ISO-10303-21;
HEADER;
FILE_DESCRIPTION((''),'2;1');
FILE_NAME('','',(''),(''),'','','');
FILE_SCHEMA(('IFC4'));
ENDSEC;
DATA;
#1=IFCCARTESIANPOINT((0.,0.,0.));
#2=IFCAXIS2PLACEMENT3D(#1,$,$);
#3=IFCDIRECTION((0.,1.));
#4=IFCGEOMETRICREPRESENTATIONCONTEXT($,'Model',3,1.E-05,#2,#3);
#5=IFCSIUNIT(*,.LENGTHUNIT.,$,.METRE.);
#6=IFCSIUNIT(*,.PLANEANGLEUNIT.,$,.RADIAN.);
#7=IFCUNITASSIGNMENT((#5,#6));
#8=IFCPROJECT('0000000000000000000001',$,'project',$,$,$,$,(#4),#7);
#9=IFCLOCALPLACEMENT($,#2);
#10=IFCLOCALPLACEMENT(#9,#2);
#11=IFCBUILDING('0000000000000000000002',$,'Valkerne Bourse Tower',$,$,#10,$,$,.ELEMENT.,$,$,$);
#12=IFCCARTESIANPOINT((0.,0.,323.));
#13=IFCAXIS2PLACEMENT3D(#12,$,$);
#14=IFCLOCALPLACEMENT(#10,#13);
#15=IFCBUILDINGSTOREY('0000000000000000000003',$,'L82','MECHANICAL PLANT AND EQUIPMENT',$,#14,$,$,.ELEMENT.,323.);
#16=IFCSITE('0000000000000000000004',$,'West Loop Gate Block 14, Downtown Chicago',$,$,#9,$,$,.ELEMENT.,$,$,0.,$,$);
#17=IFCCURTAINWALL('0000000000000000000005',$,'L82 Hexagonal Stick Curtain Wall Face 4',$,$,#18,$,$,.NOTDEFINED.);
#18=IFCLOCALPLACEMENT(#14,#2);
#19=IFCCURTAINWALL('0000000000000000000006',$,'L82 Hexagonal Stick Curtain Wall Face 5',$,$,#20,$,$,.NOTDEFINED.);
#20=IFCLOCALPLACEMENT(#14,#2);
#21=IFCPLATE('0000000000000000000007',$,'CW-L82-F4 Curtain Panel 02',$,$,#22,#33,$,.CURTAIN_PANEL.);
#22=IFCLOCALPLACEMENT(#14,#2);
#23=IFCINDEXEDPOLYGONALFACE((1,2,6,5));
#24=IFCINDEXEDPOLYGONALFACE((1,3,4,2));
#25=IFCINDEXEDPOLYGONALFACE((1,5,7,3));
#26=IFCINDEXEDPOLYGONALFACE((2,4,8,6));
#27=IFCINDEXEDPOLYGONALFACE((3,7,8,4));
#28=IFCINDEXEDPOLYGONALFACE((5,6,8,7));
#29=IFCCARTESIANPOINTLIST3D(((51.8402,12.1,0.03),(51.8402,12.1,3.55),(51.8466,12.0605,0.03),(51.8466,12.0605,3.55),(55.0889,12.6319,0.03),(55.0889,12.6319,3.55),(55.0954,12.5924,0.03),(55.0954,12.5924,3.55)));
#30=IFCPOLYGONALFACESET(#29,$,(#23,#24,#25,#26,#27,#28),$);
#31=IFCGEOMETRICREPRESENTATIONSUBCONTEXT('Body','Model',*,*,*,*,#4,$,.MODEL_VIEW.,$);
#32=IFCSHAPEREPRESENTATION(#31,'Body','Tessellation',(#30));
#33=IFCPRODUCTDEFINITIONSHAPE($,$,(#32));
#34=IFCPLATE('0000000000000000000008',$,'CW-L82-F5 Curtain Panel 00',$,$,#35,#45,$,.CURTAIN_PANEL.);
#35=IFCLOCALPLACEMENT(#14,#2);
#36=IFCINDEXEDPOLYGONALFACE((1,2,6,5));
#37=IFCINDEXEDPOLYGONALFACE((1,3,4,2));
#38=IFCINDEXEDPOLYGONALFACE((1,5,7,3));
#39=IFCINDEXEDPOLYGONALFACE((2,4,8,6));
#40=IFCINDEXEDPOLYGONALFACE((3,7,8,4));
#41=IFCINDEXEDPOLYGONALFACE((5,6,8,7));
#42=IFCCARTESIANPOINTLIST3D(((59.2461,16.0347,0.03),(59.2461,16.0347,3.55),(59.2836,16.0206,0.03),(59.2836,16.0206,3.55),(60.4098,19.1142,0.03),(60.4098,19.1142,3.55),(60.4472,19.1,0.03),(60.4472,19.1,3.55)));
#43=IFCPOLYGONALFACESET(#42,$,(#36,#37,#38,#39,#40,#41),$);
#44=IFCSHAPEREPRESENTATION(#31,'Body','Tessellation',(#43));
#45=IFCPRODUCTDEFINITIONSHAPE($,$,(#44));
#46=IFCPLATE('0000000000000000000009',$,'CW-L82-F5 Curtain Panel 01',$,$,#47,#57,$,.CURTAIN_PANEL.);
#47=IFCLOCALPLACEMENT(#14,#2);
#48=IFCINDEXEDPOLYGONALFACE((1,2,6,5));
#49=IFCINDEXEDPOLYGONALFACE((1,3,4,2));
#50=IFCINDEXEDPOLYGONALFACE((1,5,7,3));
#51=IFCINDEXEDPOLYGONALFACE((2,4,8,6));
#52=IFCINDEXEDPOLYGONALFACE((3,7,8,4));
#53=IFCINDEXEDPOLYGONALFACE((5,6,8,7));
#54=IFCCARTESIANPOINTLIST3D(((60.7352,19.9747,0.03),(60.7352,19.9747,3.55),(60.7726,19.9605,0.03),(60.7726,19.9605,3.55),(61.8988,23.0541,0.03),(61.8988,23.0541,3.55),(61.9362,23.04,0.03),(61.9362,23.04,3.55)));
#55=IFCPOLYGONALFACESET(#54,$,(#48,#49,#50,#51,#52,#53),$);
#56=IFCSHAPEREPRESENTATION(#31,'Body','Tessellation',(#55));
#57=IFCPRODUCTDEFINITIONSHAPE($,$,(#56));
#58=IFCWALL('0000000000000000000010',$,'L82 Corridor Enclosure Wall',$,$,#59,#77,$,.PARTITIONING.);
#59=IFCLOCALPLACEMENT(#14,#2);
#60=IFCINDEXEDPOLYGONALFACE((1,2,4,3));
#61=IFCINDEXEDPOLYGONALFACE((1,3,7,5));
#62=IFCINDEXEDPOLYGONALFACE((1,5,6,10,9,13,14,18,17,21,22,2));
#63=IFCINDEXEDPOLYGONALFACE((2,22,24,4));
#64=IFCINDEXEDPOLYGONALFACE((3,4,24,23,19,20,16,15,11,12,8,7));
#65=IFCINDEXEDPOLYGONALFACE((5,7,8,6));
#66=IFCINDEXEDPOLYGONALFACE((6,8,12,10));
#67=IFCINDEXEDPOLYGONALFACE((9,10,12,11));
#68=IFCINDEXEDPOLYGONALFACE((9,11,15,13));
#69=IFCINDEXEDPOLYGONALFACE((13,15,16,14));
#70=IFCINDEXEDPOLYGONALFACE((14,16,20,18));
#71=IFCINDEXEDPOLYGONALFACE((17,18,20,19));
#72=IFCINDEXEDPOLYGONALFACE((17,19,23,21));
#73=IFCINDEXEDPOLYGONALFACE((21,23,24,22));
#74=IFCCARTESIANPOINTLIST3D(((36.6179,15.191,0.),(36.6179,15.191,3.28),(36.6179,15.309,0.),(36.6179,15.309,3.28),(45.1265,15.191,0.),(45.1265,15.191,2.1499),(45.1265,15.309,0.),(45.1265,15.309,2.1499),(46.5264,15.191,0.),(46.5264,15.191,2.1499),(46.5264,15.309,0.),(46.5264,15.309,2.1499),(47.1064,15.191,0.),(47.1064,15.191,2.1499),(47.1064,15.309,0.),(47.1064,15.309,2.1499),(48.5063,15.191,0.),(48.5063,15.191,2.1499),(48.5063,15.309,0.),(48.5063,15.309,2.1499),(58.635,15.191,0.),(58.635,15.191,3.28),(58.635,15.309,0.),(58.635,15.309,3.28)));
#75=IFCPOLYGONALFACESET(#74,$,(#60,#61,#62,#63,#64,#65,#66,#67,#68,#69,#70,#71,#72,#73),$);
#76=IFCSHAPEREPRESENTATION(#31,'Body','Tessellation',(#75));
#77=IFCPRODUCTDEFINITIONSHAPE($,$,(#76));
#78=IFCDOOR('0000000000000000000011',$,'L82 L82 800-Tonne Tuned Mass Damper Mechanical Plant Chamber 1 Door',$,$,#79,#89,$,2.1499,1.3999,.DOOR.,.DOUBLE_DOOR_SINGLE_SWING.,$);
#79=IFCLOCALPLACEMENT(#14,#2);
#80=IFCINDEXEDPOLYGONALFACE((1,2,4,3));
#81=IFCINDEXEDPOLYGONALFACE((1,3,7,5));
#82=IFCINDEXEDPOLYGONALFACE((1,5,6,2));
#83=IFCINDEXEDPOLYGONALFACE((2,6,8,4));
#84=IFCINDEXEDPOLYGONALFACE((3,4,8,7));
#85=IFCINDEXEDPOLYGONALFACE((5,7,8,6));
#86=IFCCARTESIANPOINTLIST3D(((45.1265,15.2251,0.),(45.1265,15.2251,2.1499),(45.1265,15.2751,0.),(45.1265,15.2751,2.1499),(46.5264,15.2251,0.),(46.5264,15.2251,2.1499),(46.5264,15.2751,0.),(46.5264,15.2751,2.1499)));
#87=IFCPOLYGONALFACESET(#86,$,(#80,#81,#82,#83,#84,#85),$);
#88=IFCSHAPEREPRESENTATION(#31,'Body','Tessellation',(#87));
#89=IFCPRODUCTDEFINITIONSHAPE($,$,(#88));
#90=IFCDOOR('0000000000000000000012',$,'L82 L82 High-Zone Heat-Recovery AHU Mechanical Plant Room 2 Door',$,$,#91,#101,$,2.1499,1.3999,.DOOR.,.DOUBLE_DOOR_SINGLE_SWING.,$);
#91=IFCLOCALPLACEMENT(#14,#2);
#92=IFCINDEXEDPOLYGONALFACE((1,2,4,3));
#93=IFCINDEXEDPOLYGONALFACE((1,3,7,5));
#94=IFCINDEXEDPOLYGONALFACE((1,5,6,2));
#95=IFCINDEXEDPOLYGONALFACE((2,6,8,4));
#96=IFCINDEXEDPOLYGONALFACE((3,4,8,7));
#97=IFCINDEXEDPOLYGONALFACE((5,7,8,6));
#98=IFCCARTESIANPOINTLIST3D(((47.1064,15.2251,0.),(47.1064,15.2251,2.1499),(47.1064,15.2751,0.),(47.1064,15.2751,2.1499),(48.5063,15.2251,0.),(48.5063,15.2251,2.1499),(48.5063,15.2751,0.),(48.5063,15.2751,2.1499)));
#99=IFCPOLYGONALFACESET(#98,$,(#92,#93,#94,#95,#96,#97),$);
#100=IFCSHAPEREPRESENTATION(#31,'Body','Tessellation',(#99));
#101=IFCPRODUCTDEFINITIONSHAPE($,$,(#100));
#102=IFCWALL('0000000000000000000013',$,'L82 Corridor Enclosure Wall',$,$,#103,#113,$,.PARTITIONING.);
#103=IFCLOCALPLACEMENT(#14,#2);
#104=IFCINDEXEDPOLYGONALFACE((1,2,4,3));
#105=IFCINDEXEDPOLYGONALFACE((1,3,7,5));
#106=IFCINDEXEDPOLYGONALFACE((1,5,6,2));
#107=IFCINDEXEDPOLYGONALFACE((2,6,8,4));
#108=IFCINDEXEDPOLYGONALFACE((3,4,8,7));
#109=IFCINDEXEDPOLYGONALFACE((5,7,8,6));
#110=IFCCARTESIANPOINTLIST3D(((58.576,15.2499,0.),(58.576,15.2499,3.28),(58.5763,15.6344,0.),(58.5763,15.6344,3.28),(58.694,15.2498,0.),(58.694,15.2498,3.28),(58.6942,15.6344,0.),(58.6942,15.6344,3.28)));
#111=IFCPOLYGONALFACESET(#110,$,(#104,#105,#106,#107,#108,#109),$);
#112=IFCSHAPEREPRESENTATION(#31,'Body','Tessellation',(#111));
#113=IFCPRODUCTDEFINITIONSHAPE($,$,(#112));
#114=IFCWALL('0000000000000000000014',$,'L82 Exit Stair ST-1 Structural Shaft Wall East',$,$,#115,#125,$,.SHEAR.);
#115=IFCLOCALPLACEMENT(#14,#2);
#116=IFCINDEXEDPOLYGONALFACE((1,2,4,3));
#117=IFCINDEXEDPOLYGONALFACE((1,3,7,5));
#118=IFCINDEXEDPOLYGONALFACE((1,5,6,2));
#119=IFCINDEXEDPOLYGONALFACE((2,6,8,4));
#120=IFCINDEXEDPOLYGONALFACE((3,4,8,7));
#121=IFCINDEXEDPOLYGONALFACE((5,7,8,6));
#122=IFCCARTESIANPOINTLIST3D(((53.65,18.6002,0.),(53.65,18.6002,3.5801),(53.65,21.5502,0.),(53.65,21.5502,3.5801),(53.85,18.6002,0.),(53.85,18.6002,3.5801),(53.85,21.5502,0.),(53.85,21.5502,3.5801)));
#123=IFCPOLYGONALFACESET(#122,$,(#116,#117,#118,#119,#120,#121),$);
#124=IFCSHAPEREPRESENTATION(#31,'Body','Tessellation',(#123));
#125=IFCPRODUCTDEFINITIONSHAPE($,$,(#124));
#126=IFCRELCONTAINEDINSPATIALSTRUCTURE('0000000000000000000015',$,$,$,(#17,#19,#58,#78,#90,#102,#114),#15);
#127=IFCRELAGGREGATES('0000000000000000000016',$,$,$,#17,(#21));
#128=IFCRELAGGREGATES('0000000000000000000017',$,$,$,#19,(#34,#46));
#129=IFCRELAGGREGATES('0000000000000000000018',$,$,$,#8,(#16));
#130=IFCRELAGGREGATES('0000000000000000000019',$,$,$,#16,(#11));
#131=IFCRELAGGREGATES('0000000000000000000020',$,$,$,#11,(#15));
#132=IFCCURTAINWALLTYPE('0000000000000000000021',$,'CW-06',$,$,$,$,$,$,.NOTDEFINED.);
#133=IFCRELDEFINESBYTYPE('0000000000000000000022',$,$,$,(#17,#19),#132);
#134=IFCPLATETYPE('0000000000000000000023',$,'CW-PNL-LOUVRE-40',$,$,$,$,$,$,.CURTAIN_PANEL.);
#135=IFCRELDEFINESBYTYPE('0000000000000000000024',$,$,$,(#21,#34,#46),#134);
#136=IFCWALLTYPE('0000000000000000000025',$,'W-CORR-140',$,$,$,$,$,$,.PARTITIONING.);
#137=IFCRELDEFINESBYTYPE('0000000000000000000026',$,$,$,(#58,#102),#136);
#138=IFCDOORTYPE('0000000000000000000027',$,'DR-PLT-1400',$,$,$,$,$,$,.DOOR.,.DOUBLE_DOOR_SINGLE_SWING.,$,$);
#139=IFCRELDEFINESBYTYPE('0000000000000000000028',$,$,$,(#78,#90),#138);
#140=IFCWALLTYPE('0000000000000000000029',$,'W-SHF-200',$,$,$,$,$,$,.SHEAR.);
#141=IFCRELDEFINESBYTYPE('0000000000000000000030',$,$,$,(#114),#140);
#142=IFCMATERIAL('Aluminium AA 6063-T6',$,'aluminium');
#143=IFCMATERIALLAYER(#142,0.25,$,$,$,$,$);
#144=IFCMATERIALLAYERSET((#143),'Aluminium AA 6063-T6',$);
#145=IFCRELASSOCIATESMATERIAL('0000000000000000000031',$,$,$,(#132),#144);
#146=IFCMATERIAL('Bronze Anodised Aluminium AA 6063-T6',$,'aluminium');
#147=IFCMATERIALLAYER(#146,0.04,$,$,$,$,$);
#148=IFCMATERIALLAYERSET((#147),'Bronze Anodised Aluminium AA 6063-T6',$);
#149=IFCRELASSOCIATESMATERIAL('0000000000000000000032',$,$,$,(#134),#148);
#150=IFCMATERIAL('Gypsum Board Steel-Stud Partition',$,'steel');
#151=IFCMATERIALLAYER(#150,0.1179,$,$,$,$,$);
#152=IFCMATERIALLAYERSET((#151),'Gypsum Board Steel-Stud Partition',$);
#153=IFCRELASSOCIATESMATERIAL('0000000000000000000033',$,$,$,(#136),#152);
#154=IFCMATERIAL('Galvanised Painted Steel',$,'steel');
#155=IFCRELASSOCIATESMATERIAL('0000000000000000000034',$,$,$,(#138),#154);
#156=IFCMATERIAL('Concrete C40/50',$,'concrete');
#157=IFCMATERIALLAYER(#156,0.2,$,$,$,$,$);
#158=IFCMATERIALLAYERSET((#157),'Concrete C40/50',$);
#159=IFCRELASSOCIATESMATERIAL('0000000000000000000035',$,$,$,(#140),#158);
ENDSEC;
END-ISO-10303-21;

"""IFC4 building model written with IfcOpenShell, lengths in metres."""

from ifc_helpers import new_model, si_unit, direction, frame, frame_2d, origin, origin_2d, place, context, subcontext, project, spatial, rectangle, extrude, material, layer, layer_set, type_object, element, fill, aggregate, save


model = new_model("IFC4")

# Units and contexts
model_context = context("Model", 3, precision=1e-05, world=origin(), true_north=direction((0.0, 1.0)))
body_context = subcontext(model_context, "Body", "Model", "MODEL_VIEW")
ifc_project = project(units=[si_unit("LENGTHUNIT", "METRE"), si_unit("PLANEANGLEUNIT", "RADIAN")], contexts=[model_context])

# Site, building, storey
site_placement = place(None, origin())
site = spatial("IfcSite", under=ifc_project, at=site_placement, Name="West Loop Gate Block 14, Downtown Chicago", CompositionType="ELEMENT", RefElevation=0.0)
building_placement = place(site_placement, origin())
building = spatial("IfcBuilding", under=site, at=building_placement, Name="Valkerne Bourse Tower", CompositionType="ELEMENT")
storey_placement = place(building_placement, frame((0.0, 0.0, 323.0)))
storey = spatial("IfcBuildingStorey", under=building, at=storey_placement, Name="L82", Description="MECHANICAL PLANT AND EQUIPMENT", CompositionType="ELEMENT", Elevation=323.0)

# Curtain wall
ifc_material_1 = material(Name="Aluminium AA 6063-T6", Category="aluminium")
ifc_layer_1 = layer(ifc_material_1, 0.25)
ifc_layer_set_1 = layer_set([ifc_layer_1], Name="Aluminium AA 6063-T6")
curtain_wall_type = type_object("IfcCurtainWallType", Name="CW-06", PredefinedType="NOTDEFINED", material=ifc_layer_set_1)
curtain_wall_1_placement = place(storey_placement, origin())
curtain_wall_1 = element("IfcCurtainWall", 1, at=curtain_wall_1_placement, inside=storey, type_object=curtain_wall_type, Name="L82 Hexagonal Stick Curtain Wall Face 4", PredefinedType="NOTDEFINED")

# Curtain wall
curtain_wall_2_placement = place(storey_placement, origin())
curtain_wall_2 = element("IfcCurtainWall", 2, at=curtain_wall_2_placement, inside=storey, type_object=curtain_wall_type, Name="L82 Hexagonal Stick Curtain Wall Face 5", PredefinedType="NOTDEFINED")

# Plates
ifc_material_2 = material(Name="Bronze Anodised Aluminium AA 6063-T6", Category="aluminium")
ifc_layer_2 = layer(ifc_material_2, 0.04)
ifc_layer_set_2 = layer_set([ifc_layer_2], Name="Bronze Anodised Aluminium AA 6063-T6")
plate_type = type_object("IfcPlateType", Name="CW-PNL-LOUVRE-40", PredefinedType="CURTAIN_PANEL", material=ifc_layer_set_2)
plate_1_placement = place(storey_placement, frame((53.4678, 12.3462, 0.03), z_axis=(0.0, 0.0, 1.0), x_axis=(0.986858, 0.161588, 0.0)))
plate_1 = element("IfcPlate", 3, at=plate_1_placement, type_object=plate_type, Name="CW-L82-F4 Curtain Panel 02", PredefinedType="CURTAIN_PANEL", context=body_context, shape_type="SweptSolid", body=[
    extrude(rectangle(XDim=3.292, YDim=0.04, at=origin_2d()), origin(), (0.0, 0.0, 1.0), 3.52),
])
aggregate(curtain_wall_1, [plate_1])
plate_2_placement = place(storey_placement, frame((59.8467, 17.5674, 0.03), z_axis=(0.0, 0.0, 1.0), x_axis=(0.353487, 0.935439, 0.0)))
plate_2 = element("IfcPlate", 4, at=plate_2_placement, type_object=plate_type, Name="CW-L82-F5 Curtain Panel 00", PredefinedType="CURTAIN_PANEL", context=body_context, shape_type="SweptSolid", body=[
    extrude(rectangle(XDim=3.292, YDim=0.04, at=origin_2d()), origin(), (0.0, 0.0, 1.0), 3.52),
])
plate_3_placement = place(storey_placement, frame((61.3357, 21.5073, 0.03), z_axis=(0.0, 0.0, 1.0), x_axis=(0.353467, 0.935447, 0.0)))
plate_3 = element("IfcPlate", 5, at=plate_3_placement, type_object=plate_type, Name="CW-L82-F5 Curtain Panel 01", PredefinedType="CURTAIN_PANEL", context=body_context, shape_type="SweptSolid", body=[
    extrude(rectangle(XDim=3.292, YDim=0.04, at=origin_2d()), origin(), (0.0, 0.0, 1.0), 3.52),
])
aggregate(curtain_wall_2, [plate_2, plate_3])

# Shared definitions
ifc_material_3 = material(Name="Galvanised Painted Steel", Category="steel")

# Wall, openings, doors
ifc_material_4 = material(Name="Gypsum Board Steel-Stud Partition", Category="steel")
ifc_layer_3 = layer(ifc_material_4, 0.1179)
ifc_layer_set_3 = layer_set([ifc_layer_3], Name="Gypsum Board Steel-Stud Partition")
wall_type_1 = type_object("IfcWallType", Name="W-CORR-140", PredefinedType="PARTITIONING", material=ifc_layer_set_3)
wall_1_placement = place(storey_placement, frame((58.635, 15.25, 0.0), z_axis=(0.0, 0.0, 1.0), x_axis=(-1.0, 0.0, 0.0)))
wall_1 = element("IfcWall", 6, at=wall_1_placement, inside=storey, type_object=wall_type_1, Name="L82 Corridor Enclosure Wall", PredefinedType="PARTITIONING", context=body_context, shape_type="SweptSolid", body=[
    extrude(rectangle(XDim=22.0171, YDim=0.1179, at=frame_2d((11.0085, 0.0))), origin(), (0.0, 0.0, 1.0), 3.28),
])
opening_1_placement = place(wall_1_placement, frame((12.1086, 0.0, 0.0)))
opening_1 = element("IfcOpeningElement", 7, at=opening_1_placement, cuts=wall_1, PredefinedType="OPENING", context=body_context, shape_type="SweptSolid", body=[
    extrude(rectangle(XDim=1.3999, YDim=2.1499, at=frame_2d((0.7, 1.075))), frame((0.0, 0.0688, 0.0), z_axis=(0.0, -1.0, 0.0), x_axis=(1.0, 0.0, 0.0)), (0.0, 0.0, 1.0), 0.1379),
])
opening_2_placement = place(wall_1_placement, frame((10.1287, 0.0, 0.0)))
opening_2 = element("IfcOpeningElement", 8, at=opening_2_placement, cuts=wall_1, PredefinedType="OPENING", context=body_context, shape_type="SweptSolid", body=[
    extrude(rectangle(XDim=1.3999, YDim=2.1499, at=frame_2d((0.7, 1.075))), frame((0.0, 0.0688, 0.0), z_axis=(0.0, -1.0, 0.0), x_axis=(1.0, 0.0, 0.0)), (0.0, 0.0, 1.0), 0.1379),
])
door_type_1 = type_object("IfcDoorType", Name="DR-PLT-1400", OperationType="DOUBLE_DOOR_SINGLE_SWING", PredefinedType="DOOR", material=ifc_material_3)
door_1_placement = place(opening_1_placement, origin())
door_1 = element("IfcDoor", 9, at=door_1_placement, inside=storey, type_object=door_type_1, Name="L82 L82 800-Tonne Tuned Mass Damper Mechanical Plant Chamber 1 Door", OperationType="DOUBLE_DOOR_SINGLE_SWING", OverallHeight=2.1499, OverallWidth=1.3999, PredefinedType="DOOR", context=body_context, shape_type="SweptSolid", body=[
    extrude(rectangle(XDim=1.3999, YDim=2.1499, at=frame_2d((0.7, 1.075))), frame((0.0, 0.0249, 0.0), z_axis=(0.0, -1.0, 0.0), x_axis=(1.0, 0.0, 0.0)), (0.0, 0.0, 1.0), 0.05),
])
fill(opening_1, door_1)
door_2_placement = place(opening_2_placement, origin())
door_2 = element("IfcDoor", 10, at=door_2_placement, inside=storey, type_object=door_type_1, Name="L82 L82 High-Zone Heat-Recovery AHU Mechanical Plant Room 2 Door", OperationType="DOUBLE_DOOR_SINGLE_SWING", OverallHeight=2.1499, OverallWidth=1.3999, PredefinedType="DOOR", context=body_context, shape_type="SweptSolid", body=[
    extrude(rectangle(XDim=1.3999, YDim=2.1499, at=frame_2d((0.7, 1.075))), frame((0.0, 0.0249, 0.0), z_axis=(0.0, -1.0, 0.0), x_axis=(1.0, 0.0, 0.0)), (0.0, 0.0, 1.0), 0.05),
])
fill(opening_2, door_2)

# Walls
wall_2_placement = place(storey_placement, frame((58.6353, 15.6345, 0.0), z_axis=(0.0, 0.0, 1.0), x_axis=(-0.000635, -1.0, 0.0)))
element("IfcWall", 11, at=wall_2_placement, inside=storey, type_object=wall_type_1, Name="L82 Corridor Enclosure Wall", PredefinedType="PARTITIONING", context=body_context, shape_type="SweptSolid", body=[
    extrude(rectangle(XDim=0.3845, YDim=0.1179, at=frame_2d((0.1924, 0.0))), origin(), (0.0, 0.0, 1.0), 3.28),
])
ifc_material_5 = material(Name="Concrete C40/50", Category="concrete")
ifc_layer_4 = layer(ifc_material_5, 0.2)
ifc_layer_set_4 = layer_set([ifc_layer_4], Name="Concrete C40/50")
wall_type_2 = type_object("IfcWallType", Name="W-SHF-200", PredefinedType="SHEAR", material=ifc_layer_set_4)
wall_3_placement = place(storey_placement, frame((53.75, 18.6001, 0.0), z_axis=(0.0, 0.0, 1.0), x_axis=(0.0, 1.0, 0.0)))
element("IfcWall", 12, at=wall_3_placement, inside=storey, type_object=wall_type_2, Name="L82 Exit Stair ST-1 Structural Shaft Wall East", PredefinedType="SHEAR", context=body_context, shape_type="SweptSolid", body=[
    extrude(rectangle(XDim=2.95, YDim=0.2, at=frame_2d((1.4751, 0.0))), origin(), (0.0, 0.0, 1.0), 3.5801),
])

save(model, "model.ifc")
